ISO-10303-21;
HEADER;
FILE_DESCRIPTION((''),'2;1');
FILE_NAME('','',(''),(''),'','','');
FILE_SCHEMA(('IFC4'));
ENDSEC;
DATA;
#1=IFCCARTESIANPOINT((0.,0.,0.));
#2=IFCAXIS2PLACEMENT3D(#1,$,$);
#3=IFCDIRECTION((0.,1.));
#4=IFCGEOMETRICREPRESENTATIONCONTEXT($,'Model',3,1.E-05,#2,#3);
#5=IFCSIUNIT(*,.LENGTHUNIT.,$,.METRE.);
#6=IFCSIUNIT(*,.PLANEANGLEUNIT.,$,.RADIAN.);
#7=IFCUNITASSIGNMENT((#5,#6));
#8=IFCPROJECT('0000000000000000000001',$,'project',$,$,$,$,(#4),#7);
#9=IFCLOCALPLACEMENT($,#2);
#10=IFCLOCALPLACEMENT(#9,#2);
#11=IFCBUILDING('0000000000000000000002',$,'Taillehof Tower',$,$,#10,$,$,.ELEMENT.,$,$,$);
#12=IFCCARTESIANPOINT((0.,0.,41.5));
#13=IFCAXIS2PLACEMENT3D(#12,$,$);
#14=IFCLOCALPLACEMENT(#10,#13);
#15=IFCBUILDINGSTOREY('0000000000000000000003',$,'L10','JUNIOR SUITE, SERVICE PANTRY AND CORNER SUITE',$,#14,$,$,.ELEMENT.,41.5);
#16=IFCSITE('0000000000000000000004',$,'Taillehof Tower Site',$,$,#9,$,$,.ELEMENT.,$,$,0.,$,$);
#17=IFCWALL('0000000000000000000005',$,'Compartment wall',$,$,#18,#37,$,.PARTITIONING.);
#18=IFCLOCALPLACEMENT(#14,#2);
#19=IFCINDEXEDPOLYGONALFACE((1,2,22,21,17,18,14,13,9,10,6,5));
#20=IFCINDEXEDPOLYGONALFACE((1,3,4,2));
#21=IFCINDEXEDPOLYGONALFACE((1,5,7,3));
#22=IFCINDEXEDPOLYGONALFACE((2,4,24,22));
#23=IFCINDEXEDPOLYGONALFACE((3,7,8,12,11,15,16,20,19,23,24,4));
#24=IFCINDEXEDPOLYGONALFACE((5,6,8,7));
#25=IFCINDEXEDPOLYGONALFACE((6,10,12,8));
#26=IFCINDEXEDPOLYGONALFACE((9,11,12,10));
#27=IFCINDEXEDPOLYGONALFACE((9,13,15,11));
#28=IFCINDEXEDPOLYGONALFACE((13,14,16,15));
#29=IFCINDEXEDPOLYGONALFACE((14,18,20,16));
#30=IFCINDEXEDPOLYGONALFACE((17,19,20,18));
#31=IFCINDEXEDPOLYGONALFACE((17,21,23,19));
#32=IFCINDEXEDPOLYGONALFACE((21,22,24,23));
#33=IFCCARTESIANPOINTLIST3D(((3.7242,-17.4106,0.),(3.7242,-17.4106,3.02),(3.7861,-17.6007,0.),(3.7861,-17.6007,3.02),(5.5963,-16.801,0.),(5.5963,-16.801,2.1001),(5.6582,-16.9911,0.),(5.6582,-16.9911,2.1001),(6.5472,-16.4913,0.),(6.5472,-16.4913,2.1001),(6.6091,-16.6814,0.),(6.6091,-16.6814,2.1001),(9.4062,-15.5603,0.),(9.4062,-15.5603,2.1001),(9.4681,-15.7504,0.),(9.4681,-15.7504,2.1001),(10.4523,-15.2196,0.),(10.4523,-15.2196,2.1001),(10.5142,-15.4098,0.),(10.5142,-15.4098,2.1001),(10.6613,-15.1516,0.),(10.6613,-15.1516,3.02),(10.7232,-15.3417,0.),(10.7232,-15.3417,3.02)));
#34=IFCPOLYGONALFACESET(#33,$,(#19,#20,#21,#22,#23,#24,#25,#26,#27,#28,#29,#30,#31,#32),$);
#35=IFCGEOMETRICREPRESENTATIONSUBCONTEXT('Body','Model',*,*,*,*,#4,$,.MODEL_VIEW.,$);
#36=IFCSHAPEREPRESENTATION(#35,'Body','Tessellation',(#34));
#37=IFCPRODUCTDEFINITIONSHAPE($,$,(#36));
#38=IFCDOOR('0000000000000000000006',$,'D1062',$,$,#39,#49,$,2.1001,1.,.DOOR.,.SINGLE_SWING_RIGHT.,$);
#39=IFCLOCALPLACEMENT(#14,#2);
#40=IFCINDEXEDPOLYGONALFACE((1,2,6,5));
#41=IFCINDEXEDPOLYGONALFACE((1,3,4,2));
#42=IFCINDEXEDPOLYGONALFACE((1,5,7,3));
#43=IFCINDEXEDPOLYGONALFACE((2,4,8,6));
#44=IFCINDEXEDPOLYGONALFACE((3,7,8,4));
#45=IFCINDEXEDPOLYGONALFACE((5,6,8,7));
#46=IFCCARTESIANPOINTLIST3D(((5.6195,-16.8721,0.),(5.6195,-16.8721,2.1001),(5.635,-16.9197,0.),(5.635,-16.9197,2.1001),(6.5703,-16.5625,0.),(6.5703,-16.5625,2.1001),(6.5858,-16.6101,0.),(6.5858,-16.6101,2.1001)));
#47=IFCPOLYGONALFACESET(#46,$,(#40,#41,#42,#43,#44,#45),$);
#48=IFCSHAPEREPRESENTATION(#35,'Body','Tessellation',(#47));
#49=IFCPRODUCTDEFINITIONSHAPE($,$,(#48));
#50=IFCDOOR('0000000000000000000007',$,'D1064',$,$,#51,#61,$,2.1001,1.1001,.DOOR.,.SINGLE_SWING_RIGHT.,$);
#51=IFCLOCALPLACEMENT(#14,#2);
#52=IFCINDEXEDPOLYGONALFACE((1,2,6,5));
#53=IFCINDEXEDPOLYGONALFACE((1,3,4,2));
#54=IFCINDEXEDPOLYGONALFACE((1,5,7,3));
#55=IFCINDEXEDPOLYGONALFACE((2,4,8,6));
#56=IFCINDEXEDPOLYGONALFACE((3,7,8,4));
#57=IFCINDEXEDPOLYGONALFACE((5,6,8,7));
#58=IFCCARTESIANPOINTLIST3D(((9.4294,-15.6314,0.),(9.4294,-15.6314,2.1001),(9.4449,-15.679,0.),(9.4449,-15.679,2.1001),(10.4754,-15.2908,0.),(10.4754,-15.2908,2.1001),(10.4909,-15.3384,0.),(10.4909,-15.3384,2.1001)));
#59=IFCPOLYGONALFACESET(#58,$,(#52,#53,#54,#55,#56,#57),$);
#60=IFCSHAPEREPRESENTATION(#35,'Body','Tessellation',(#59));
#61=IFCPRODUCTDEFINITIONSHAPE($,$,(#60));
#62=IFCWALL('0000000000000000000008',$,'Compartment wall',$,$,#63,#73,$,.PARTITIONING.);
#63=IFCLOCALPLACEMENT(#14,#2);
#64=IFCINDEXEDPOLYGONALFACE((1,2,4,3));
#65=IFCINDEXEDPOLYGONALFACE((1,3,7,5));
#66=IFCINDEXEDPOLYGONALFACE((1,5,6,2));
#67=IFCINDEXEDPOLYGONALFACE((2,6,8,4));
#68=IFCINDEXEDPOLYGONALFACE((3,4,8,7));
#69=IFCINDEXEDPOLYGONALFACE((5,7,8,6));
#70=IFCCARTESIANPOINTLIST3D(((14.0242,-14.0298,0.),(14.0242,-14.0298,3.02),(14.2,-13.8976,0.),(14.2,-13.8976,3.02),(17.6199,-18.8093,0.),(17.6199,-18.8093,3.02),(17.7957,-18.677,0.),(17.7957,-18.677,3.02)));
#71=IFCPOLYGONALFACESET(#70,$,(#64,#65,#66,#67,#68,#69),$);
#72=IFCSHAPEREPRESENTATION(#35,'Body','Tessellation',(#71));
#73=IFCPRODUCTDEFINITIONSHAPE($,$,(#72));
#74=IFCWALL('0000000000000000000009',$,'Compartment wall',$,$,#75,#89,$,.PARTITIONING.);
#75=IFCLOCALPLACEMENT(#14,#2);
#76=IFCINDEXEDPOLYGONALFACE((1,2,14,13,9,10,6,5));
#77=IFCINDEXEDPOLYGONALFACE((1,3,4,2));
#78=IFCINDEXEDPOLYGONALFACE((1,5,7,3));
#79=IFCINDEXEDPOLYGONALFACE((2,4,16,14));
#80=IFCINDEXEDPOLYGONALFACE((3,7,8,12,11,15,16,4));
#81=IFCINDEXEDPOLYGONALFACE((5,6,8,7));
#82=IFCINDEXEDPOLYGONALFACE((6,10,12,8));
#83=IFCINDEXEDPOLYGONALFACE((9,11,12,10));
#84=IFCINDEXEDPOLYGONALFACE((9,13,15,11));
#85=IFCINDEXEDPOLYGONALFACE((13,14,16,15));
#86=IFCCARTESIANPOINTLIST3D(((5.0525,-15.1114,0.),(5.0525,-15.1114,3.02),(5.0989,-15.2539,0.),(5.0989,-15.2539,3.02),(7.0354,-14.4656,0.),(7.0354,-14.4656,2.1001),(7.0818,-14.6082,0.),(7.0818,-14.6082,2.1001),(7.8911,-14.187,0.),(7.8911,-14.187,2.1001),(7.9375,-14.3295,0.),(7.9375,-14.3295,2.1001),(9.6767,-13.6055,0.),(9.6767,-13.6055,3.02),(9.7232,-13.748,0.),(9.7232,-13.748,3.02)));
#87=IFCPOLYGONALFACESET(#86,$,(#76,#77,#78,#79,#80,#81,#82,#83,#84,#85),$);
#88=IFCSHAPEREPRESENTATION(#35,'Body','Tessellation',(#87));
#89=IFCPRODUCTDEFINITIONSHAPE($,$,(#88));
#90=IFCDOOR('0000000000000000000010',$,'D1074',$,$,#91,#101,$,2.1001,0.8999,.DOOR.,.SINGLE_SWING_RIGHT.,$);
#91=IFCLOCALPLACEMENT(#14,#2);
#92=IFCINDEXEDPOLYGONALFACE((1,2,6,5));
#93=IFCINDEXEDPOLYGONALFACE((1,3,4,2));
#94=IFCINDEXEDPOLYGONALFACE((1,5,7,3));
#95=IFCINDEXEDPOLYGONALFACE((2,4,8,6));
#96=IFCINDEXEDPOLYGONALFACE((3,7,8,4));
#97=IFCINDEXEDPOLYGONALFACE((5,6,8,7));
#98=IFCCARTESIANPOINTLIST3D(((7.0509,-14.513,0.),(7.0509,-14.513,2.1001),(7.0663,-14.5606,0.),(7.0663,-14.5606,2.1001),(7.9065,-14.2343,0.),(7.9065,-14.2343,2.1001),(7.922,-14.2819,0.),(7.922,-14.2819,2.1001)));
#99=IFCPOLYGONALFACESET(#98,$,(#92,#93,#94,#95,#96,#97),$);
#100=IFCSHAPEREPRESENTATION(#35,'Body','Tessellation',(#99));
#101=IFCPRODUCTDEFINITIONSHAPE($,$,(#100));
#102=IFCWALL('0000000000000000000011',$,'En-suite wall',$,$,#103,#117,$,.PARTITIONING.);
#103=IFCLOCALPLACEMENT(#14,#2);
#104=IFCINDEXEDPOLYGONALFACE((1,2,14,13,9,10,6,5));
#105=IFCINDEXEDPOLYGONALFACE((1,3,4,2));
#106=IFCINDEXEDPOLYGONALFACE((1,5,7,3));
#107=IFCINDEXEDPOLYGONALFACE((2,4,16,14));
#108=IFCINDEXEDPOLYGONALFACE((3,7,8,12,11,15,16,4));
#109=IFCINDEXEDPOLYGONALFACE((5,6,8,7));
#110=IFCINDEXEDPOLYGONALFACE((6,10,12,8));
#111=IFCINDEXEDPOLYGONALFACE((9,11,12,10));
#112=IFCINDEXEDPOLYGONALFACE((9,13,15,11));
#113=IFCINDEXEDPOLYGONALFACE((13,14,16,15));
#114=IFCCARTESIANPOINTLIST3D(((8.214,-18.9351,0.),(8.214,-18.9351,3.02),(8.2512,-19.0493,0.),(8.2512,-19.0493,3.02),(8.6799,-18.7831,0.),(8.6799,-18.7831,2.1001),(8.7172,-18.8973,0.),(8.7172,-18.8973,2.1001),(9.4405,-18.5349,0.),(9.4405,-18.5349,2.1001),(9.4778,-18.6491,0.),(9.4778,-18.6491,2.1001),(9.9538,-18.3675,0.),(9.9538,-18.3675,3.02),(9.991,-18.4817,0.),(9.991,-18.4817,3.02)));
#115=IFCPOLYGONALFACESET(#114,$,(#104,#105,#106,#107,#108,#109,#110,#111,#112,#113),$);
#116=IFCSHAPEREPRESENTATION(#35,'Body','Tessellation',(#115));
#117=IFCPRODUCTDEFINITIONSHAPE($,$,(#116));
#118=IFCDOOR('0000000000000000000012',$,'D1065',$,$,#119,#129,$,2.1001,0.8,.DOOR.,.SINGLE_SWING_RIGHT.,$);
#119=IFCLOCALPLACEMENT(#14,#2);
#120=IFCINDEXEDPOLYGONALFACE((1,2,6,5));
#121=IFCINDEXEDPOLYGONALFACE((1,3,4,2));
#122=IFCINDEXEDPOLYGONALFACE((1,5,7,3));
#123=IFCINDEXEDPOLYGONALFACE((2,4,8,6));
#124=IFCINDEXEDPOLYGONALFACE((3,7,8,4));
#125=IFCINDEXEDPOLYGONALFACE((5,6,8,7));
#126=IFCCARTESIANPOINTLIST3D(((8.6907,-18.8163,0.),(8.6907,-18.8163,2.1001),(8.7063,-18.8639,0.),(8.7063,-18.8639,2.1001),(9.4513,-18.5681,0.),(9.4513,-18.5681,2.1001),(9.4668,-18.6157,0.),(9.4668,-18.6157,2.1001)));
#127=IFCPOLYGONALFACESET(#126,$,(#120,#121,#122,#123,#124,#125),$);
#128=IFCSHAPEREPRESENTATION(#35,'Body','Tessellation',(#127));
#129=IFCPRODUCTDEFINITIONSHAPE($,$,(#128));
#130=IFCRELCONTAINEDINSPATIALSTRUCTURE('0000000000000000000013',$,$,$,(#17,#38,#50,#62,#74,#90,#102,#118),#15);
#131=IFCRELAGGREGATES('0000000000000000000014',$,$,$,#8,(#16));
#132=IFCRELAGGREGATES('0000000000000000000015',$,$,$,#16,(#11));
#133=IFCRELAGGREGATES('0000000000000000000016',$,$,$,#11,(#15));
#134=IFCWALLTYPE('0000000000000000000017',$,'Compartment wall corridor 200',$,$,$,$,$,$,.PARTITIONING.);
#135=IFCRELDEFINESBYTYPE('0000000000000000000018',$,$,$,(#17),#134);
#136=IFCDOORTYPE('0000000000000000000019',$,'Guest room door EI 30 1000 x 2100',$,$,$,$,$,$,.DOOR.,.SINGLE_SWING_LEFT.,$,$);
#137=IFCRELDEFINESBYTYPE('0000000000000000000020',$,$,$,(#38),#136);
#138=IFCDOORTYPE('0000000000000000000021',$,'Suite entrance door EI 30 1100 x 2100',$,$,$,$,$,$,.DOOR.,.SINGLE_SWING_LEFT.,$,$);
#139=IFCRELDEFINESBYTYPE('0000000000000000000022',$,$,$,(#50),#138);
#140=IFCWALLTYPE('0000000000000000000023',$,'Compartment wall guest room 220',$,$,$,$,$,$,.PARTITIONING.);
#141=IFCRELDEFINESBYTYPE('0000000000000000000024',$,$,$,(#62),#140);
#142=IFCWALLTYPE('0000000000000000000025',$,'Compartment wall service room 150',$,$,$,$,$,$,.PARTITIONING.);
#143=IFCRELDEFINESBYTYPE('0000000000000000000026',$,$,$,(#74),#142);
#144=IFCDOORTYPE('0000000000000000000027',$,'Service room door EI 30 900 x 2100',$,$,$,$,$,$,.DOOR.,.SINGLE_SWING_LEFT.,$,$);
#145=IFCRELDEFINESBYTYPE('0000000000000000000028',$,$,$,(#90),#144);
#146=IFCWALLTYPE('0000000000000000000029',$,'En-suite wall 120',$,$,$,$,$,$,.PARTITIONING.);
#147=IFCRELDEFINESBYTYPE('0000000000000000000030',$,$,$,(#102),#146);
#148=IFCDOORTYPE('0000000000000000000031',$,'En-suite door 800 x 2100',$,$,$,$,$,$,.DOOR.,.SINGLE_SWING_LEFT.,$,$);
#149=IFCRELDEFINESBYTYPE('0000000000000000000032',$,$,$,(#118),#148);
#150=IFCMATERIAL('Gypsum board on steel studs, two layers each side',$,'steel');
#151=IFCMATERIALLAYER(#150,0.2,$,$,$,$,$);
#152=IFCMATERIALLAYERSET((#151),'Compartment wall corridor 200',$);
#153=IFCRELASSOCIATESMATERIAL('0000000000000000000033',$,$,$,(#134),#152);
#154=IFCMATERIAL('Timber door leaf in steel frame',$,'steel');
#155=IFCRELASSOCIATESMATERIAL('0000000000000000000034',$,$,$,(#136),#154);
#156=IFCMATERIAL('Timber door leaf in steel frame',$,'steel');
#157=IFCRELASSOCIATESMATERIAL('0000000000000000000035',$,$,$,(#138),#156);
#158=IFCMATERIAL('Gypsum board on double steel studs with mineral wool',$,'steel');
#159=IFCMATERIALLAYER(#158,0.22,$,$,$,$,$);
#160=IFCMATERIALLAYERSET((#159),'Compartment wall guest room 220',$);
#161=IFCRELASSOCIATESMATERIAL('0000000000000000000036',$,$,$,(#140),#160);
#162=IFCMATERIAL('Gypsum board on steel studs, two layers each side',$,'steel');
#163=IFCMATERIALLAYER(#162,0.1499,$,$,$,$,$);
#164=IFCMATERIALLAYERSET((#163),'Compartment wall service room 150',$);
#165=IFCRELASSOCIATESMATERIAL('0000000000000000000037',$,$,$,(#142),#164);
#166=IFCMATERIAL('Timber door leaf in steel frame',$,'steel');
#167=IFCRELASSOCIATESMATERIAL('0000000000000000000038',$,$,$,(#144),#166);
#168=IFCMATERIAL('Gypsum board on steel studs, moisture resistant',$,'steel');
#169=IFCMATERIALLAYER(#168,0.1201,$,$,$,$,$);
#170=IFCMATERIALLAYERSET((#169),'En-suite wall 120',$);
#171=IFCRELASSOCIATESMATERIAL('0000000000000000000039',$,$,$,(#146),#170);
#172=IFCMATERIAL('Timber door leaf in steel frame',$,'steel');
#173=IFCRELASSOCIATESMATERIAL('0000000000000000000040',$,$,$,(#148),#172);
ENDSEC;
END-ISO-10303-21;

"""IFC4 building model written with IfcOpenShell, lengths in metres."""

from ifc_helpers import new_model, si_unit, direction, frame, frame_2d, origin, place, context, subcontext, project, spatial, rectangle, extrude, material, layer, layer_set, type_object, element, fill, save


model = new_model("IFC4")

# Units and contexts
model_context = context("Model", 3, precision=1e-05, world=origin(), true_north=direction((0.0, 1.0)))
body_context = subcontext(model_context, "Body", "Model", "MODEL_VIEW")
ifc_project = project(units=[si_unit("LENGTHUNIT", "METRE"), si_unit("PLANEANGLEUNIT", "RADIAN")], contexts=[model_context])

# Site, building, storey
site_placement = place(None, origin())
site = spatial("IfcSite", under=ifc_project, at=site_placement, Name="Taillehof Tower Site", CompositionType="ELEMENT", RefElevation=0.0)
building_placement = place(site_placement, origin())
building = spatial("IfcBuilding", under=site, at=building_placement, Name="Taillehof Tower", CompositionType="ELEMENT")
storey_placement = place(building_placement, frame((0.0, 0.0, 41.5)))
storey = spatial("IfcBuildingStorey", under=building, at=storey_placement, Name="L10", Description="JUNIOR SUITE, SERVICE PANTRY AND CORNER SUITE", CompositionType="ELEMENT", Elevation=41.5)

# Shared definitions
ifc_material_1 = material(Name="Gypsum board on steel studs, two layers each side", Category="steel")
ifc_layer_1 = layer(ifc_material_1, 0.2)
ifc_layer_set_1 = layer_set([ifc_layer_1], Name="Compartment wall corridor 200")
wall_type_1 = type_object("IfcWallType", Name="Compartment wall corridor 200", PredefinedType="PARTITIONING", material=ifc_layer_set_1)

# Wall, openings, doors
wall_1_placement = place(storey_placement, frame((10.6924, -15.2466, 0.0), z_axis=(0.0, 0.0, 1.0), x_axis=(-0.950852, -0.309644, 0.0)))
wall_1 = element("IfcWall", 1, at=wall_1_placement, inside=storey, type_object=wall_type_1, Name="Compartment wall", PredefinedType="PARTITIONING", context=body_context, shape_type="SweptSolid", body=[
    extrude(rectangle(XDim=7.2957, YDim=0.2, at=frame_2d((3.6479, 0.0))), origin(), (0.0, 0.0, 1.0), 3.02),
])
opening_1_placement = place(wall_1_placement, frame((4.3269, 0.0, 0.0)))
opening_1 = element("IfcOpeningElement", 2, at=opening_1_placement, cuts=wall_1, PredefinedType="OPENING", context=body_context, shape_type="SweptSolid", body=[
    extrude(rectangle(XDim=1.0, YDim=2.1001, at=frame_2d((0.5, 1.05))), frame((0.0, 0.1099, 0.0), z_axis=(0.0, -1.0, 0.0), x_axis=(1.0, 0.0, 0.0)), (0.0, 0.0, 1.0), 0.22),
])
opening_2_placement = place(wall_1_placement, frame((0.22, 0.0, 0.0)))
opening_2 = element("IfcOpeningElement", 3, at=opening_2_placement, cuts=wall_1, PredefinedType="OPENING", context=body_context, shape_type="SweptSolid", body=[
    extrude(rectangle(XDim=1.1001, YDim=2.1001, at=frame_2d((0.55, 1.05))), frame((0.0, 0.1099, 0.0), z_axis=(0.0, -1.0, 0.0), x_axis=(1.0, 0.0, 0.0)), (0.0, 0.0, 1.0), 0.22),
])
ifc_material_2 = material(Name="Timber door leaf in steel frame", Category="steel")
door_type_1 = type_object("IfcDoorType", Name="Guest room door EI 30 1000 x 2100", OperationType="SINGLE_SWING_LEFT", PredefinedType="DOOR", material=ifc_material_2)
door_1_placement = place(opening_1_placement, origin())
door_1 = element("IfcDoor", 4, at=door_1_placement, inside=storey, type_object=door_type_1, Name="D1062", OperationType="SINGLE_SWING_RIGHT", OverallHeight=2.1001, OverallWidth=1.0, PredefinedType="DOOR", context=body_context, shape_type="SweptSolid", body=[
    extrude(rectangle(XDim=1.0, YDim=2.1001, at=frame_2d((0.5, 1.05))), frame((0.0, 0.0249, 0.0), z_axis=(0.0, -1.0, 0.0), x_axis=(1.0, 0.0, 0.0)), (0.0, 0.0, 1.0), 0.05),
])
fill(opening_1, door_1)
ifc_material_3 = material(Name="Timber door leaf in steel frame", Category="steel")
door_type_2 = type_object("IfcDoorType", Name="Suite entrance door EI 30 1100 x 2100", OperationType="SINGLE_SWING_LEFT", PredefinedType="DOOR", material=ifc_material_3)
door_2_placement = place(opening_2_placement, origin())
door_2 = element("IfcDoor", 5, at=door_2_placement, inside=storey, type_object=door_type_2, Name="D1064", OperationType="SINGLE_SWING_RIGHT", OverallHeight=2.1001, OverallWidth=1.1001, PredefinedType="DOOR", context=body_context, shape_type="SweptSolid", body=[
    extrude(rectangle(XDim=1.1001, YDim=2.1001, at=frame_2d((0.55, 1.05))), frame((0.0, 0.0249, 0.0), z_axis=(0.0, -1.0, 0.0), x_axis=(1.0, 0.0, 0.0)), (0.0, 0.0, 1.0), 0.05),
])
fill(opening_2, door_2)

# Wall
ifc_material_4 = material(Name="Gypsum board on double steel studs with mineral wool", Category="steel")
ifc_layer_2 = layer(ifc_material_4, 0.22)
ifc_layer_set_2 = layer_set([ifc_layer_2], Name="Compartment wall guest room 220")
wall_type_2 = type_object("IfcWallType", Name="Compartment wall guest room 220", PredefinedType="PARTITIONING", material=ifc_layer_set_2)
wall_2_placement = place(storey_placement, frame((17.7078, -18.7432, 0.0), z_axis=(0.0, 0.0, 1.0), x_axis=(-0.601181, 0.799113, 0.0)))
element("IfcWall", 6, at=wall_2_placement, inside=storey, type_object=wall_type_2, Name="Compartment wall", PredefinedType="PARTITIONING", context=body_context, shape_type="SweptSolid", body=[
    extrude(rectangle(XDim=5.981, YDim=0.22, at=frame_2d((2.9905, 0.0))), origin(), (0.0, 0.0, 1.0), 3.02),
])

# Walls, openings, doors
ifc_material_5 = material(Name="Gypsum board on steel studs, two layers each side", Category="steel")
ifc_layer_3 = layer(ifc_material_5, 0.1499)
ifc_layer_set_3 = layer_set([ifc_layer_3], Name="Compartment wall service room 150")
wall_type_3 = type_object("IfcWallType", Name="Compartment wall service room 150", PredefinedType="PARTITIONING", material=ifc_layer_set_3)
wall_3_placement = place(storey_placement, frame((9.7, -13.6768, 0.0), z_axis=(0.0, 0.0, 1.0), x_axis=(-0.950854, -0.309639, 0.0)))
wall_3 = element("IfcWall", 7, at=wall_3_placement, inside=storey, type_object=wall_type_3, Name="Compartment wall", PredefinedType="PARTITIONING", context=body_context, shape_type="SweptSolid", body=[
    extrude(rectangle(XDim=4.8633, YDim=0.1499, at=frame_2d((2.4316, 0.0))), origin(), (0.0, 0.0, 1.0), 3.02),
])
opening_3_placement = place(wall_3_placement, frame((1.8779, 0.0, 0.0)))
opening_3 = element("IfcOpeningElement", 8, at=opening_3_placement, cuts=wall_3, PredefinedType="OPENING", context=body_context, shape_type="SweptSolid", body=[
    extrude(rectangle(XDim=0.8999, YDim=2.1001, at=frame_2d((0.45, 1.05))), frame((0.0, 0.085, 0.0), z_axis=(0.0, -1.0, 0.0), x_axis=(1.0, 0.0, 0.0)), (0.0, 0.0, 1.0), 0.1699),
])
ifc_material_6 = material(Name="Timber door leaf in steel frame", Category="steel")
door_type_3 = type_object("IfcDoorType", Name="Service room door EI 30 900 x 2100", OperationType="SINGLE_SWING_LEFT", PredefinedType="DOOR", material=ifc_material_6)
door_3_placement = place(opening_3_placement, origin())
door_3 = element("IfcDoor", 9, at=door_3_placement, inside=storey, type_object=door_type_3, Name="D1074", OperationType="SINGLE_SWING_RIGHT", OverallHeight=2.1001, OverallWidth=0.8999, PredefinedType="DOOR", context=body_context, shape_type="SweptSolid", body=[
    extrude(rectangle(XDim=0.8999, YDim=2.1001, at=frame_2d((0.45, 1.05))), frame((0.0, 0.0249, 0.0), z_axis=(0.0, -1.0, 0.0), x_axis=(1.0, 0.0, 0.0)), (0.0, 0.0, 1.0), 0.05),
])
fill(opening_3, door_3)
ifc_material_7 = material(Name="Gypsum board on steel studs, moisture resistant", Category="steel")
ifc_layer_4 = layer(ifc_material_7, 0.1201)
ifc_layer_set_4 = layer_set([ifc_layer_4], Name="En-suite wall 120")
wall_type_4 = type_object("IfcWallType", Name="En-suite wall 120", PredefinedType="PARTITIONING", material=ifc_layer_set_4)
wall_4_placement = place(storey_placement, frame((9.9724, -18.4246, 0.0), z_axis=(0.0, 0.0, 1.0), x_axis=(-0.950679, -0.310178, 0.0)))
wall_4 = element("IfcWall", 10, at=wall_4_placement, inside=storey, type_object=wall_type_4, Name="En-suite wall", PredefinedType="PARTITIONING", context=body_context, shape_type="SweptSolid", body=[
    extrude(rectangle(XDim=1.8301, YDim=0.1201, at=frame_2d((0.915, 0.0))), origin(), (0.0, 0.0, 1.0), 3.02),
])
opening_4_placement = place(wall_4_placement, frame((0.54, 0.0, 0.0)))
opening_4 = element("IfcOpeningElement", 11, at=opening_4_placement, cuts=wall_4, PredefinedType="OPENING", context=body_context, shape_type="SweptSolid", body=[
    extrude(rectangle(XDim=0.8, YDim=2.1001, at=frame_2d((0.3999, 1.05))), frame((0.0, 0.0701, 0.0), z_axis=(0.0, -1.0, 0.0), x_axis=(1.0, 0.0, 0.0)), (0.0, 0.0, 1.0), 0.1401),
])
ifc_material_8 = material(Name="Timber door leaf in steel frame", Category="steel")
door_type_4 = type_object("IfcDoorType", Name="En-suite door 800 x 2100", OperationType="SINGLE_SWING_LEFT", PredefinedType="DOOR", material=ifc_material_8)
door_4_placement = place(opening_4_placement, origin())
door_4 = element("IfcDoor", 12, at=door_4_placement, inside=storey, type_object=door_type_4, Name="D1065", OperationType="SINGLE_SWING_RIGHT", OverallHeight=2.1001, OverallWidth=0.8, PredefinedType="DOOR", context=body_context, shape_type="SweptSolid", body=[
    extrude(rectangle(XDim=0.8, YDim=2.1001, at=frame_2d((0.3999, 1.05))), frame((0.0, 0.0249, 0.0), z_axis=(0.0, -1.0, 0.0), x_axis=(1.0, 0.0, 0.0)), (0.0, 0.0, 1.0), 0.05),
])
fill(opening_4, door_4)

save(model, "model.ifc")
